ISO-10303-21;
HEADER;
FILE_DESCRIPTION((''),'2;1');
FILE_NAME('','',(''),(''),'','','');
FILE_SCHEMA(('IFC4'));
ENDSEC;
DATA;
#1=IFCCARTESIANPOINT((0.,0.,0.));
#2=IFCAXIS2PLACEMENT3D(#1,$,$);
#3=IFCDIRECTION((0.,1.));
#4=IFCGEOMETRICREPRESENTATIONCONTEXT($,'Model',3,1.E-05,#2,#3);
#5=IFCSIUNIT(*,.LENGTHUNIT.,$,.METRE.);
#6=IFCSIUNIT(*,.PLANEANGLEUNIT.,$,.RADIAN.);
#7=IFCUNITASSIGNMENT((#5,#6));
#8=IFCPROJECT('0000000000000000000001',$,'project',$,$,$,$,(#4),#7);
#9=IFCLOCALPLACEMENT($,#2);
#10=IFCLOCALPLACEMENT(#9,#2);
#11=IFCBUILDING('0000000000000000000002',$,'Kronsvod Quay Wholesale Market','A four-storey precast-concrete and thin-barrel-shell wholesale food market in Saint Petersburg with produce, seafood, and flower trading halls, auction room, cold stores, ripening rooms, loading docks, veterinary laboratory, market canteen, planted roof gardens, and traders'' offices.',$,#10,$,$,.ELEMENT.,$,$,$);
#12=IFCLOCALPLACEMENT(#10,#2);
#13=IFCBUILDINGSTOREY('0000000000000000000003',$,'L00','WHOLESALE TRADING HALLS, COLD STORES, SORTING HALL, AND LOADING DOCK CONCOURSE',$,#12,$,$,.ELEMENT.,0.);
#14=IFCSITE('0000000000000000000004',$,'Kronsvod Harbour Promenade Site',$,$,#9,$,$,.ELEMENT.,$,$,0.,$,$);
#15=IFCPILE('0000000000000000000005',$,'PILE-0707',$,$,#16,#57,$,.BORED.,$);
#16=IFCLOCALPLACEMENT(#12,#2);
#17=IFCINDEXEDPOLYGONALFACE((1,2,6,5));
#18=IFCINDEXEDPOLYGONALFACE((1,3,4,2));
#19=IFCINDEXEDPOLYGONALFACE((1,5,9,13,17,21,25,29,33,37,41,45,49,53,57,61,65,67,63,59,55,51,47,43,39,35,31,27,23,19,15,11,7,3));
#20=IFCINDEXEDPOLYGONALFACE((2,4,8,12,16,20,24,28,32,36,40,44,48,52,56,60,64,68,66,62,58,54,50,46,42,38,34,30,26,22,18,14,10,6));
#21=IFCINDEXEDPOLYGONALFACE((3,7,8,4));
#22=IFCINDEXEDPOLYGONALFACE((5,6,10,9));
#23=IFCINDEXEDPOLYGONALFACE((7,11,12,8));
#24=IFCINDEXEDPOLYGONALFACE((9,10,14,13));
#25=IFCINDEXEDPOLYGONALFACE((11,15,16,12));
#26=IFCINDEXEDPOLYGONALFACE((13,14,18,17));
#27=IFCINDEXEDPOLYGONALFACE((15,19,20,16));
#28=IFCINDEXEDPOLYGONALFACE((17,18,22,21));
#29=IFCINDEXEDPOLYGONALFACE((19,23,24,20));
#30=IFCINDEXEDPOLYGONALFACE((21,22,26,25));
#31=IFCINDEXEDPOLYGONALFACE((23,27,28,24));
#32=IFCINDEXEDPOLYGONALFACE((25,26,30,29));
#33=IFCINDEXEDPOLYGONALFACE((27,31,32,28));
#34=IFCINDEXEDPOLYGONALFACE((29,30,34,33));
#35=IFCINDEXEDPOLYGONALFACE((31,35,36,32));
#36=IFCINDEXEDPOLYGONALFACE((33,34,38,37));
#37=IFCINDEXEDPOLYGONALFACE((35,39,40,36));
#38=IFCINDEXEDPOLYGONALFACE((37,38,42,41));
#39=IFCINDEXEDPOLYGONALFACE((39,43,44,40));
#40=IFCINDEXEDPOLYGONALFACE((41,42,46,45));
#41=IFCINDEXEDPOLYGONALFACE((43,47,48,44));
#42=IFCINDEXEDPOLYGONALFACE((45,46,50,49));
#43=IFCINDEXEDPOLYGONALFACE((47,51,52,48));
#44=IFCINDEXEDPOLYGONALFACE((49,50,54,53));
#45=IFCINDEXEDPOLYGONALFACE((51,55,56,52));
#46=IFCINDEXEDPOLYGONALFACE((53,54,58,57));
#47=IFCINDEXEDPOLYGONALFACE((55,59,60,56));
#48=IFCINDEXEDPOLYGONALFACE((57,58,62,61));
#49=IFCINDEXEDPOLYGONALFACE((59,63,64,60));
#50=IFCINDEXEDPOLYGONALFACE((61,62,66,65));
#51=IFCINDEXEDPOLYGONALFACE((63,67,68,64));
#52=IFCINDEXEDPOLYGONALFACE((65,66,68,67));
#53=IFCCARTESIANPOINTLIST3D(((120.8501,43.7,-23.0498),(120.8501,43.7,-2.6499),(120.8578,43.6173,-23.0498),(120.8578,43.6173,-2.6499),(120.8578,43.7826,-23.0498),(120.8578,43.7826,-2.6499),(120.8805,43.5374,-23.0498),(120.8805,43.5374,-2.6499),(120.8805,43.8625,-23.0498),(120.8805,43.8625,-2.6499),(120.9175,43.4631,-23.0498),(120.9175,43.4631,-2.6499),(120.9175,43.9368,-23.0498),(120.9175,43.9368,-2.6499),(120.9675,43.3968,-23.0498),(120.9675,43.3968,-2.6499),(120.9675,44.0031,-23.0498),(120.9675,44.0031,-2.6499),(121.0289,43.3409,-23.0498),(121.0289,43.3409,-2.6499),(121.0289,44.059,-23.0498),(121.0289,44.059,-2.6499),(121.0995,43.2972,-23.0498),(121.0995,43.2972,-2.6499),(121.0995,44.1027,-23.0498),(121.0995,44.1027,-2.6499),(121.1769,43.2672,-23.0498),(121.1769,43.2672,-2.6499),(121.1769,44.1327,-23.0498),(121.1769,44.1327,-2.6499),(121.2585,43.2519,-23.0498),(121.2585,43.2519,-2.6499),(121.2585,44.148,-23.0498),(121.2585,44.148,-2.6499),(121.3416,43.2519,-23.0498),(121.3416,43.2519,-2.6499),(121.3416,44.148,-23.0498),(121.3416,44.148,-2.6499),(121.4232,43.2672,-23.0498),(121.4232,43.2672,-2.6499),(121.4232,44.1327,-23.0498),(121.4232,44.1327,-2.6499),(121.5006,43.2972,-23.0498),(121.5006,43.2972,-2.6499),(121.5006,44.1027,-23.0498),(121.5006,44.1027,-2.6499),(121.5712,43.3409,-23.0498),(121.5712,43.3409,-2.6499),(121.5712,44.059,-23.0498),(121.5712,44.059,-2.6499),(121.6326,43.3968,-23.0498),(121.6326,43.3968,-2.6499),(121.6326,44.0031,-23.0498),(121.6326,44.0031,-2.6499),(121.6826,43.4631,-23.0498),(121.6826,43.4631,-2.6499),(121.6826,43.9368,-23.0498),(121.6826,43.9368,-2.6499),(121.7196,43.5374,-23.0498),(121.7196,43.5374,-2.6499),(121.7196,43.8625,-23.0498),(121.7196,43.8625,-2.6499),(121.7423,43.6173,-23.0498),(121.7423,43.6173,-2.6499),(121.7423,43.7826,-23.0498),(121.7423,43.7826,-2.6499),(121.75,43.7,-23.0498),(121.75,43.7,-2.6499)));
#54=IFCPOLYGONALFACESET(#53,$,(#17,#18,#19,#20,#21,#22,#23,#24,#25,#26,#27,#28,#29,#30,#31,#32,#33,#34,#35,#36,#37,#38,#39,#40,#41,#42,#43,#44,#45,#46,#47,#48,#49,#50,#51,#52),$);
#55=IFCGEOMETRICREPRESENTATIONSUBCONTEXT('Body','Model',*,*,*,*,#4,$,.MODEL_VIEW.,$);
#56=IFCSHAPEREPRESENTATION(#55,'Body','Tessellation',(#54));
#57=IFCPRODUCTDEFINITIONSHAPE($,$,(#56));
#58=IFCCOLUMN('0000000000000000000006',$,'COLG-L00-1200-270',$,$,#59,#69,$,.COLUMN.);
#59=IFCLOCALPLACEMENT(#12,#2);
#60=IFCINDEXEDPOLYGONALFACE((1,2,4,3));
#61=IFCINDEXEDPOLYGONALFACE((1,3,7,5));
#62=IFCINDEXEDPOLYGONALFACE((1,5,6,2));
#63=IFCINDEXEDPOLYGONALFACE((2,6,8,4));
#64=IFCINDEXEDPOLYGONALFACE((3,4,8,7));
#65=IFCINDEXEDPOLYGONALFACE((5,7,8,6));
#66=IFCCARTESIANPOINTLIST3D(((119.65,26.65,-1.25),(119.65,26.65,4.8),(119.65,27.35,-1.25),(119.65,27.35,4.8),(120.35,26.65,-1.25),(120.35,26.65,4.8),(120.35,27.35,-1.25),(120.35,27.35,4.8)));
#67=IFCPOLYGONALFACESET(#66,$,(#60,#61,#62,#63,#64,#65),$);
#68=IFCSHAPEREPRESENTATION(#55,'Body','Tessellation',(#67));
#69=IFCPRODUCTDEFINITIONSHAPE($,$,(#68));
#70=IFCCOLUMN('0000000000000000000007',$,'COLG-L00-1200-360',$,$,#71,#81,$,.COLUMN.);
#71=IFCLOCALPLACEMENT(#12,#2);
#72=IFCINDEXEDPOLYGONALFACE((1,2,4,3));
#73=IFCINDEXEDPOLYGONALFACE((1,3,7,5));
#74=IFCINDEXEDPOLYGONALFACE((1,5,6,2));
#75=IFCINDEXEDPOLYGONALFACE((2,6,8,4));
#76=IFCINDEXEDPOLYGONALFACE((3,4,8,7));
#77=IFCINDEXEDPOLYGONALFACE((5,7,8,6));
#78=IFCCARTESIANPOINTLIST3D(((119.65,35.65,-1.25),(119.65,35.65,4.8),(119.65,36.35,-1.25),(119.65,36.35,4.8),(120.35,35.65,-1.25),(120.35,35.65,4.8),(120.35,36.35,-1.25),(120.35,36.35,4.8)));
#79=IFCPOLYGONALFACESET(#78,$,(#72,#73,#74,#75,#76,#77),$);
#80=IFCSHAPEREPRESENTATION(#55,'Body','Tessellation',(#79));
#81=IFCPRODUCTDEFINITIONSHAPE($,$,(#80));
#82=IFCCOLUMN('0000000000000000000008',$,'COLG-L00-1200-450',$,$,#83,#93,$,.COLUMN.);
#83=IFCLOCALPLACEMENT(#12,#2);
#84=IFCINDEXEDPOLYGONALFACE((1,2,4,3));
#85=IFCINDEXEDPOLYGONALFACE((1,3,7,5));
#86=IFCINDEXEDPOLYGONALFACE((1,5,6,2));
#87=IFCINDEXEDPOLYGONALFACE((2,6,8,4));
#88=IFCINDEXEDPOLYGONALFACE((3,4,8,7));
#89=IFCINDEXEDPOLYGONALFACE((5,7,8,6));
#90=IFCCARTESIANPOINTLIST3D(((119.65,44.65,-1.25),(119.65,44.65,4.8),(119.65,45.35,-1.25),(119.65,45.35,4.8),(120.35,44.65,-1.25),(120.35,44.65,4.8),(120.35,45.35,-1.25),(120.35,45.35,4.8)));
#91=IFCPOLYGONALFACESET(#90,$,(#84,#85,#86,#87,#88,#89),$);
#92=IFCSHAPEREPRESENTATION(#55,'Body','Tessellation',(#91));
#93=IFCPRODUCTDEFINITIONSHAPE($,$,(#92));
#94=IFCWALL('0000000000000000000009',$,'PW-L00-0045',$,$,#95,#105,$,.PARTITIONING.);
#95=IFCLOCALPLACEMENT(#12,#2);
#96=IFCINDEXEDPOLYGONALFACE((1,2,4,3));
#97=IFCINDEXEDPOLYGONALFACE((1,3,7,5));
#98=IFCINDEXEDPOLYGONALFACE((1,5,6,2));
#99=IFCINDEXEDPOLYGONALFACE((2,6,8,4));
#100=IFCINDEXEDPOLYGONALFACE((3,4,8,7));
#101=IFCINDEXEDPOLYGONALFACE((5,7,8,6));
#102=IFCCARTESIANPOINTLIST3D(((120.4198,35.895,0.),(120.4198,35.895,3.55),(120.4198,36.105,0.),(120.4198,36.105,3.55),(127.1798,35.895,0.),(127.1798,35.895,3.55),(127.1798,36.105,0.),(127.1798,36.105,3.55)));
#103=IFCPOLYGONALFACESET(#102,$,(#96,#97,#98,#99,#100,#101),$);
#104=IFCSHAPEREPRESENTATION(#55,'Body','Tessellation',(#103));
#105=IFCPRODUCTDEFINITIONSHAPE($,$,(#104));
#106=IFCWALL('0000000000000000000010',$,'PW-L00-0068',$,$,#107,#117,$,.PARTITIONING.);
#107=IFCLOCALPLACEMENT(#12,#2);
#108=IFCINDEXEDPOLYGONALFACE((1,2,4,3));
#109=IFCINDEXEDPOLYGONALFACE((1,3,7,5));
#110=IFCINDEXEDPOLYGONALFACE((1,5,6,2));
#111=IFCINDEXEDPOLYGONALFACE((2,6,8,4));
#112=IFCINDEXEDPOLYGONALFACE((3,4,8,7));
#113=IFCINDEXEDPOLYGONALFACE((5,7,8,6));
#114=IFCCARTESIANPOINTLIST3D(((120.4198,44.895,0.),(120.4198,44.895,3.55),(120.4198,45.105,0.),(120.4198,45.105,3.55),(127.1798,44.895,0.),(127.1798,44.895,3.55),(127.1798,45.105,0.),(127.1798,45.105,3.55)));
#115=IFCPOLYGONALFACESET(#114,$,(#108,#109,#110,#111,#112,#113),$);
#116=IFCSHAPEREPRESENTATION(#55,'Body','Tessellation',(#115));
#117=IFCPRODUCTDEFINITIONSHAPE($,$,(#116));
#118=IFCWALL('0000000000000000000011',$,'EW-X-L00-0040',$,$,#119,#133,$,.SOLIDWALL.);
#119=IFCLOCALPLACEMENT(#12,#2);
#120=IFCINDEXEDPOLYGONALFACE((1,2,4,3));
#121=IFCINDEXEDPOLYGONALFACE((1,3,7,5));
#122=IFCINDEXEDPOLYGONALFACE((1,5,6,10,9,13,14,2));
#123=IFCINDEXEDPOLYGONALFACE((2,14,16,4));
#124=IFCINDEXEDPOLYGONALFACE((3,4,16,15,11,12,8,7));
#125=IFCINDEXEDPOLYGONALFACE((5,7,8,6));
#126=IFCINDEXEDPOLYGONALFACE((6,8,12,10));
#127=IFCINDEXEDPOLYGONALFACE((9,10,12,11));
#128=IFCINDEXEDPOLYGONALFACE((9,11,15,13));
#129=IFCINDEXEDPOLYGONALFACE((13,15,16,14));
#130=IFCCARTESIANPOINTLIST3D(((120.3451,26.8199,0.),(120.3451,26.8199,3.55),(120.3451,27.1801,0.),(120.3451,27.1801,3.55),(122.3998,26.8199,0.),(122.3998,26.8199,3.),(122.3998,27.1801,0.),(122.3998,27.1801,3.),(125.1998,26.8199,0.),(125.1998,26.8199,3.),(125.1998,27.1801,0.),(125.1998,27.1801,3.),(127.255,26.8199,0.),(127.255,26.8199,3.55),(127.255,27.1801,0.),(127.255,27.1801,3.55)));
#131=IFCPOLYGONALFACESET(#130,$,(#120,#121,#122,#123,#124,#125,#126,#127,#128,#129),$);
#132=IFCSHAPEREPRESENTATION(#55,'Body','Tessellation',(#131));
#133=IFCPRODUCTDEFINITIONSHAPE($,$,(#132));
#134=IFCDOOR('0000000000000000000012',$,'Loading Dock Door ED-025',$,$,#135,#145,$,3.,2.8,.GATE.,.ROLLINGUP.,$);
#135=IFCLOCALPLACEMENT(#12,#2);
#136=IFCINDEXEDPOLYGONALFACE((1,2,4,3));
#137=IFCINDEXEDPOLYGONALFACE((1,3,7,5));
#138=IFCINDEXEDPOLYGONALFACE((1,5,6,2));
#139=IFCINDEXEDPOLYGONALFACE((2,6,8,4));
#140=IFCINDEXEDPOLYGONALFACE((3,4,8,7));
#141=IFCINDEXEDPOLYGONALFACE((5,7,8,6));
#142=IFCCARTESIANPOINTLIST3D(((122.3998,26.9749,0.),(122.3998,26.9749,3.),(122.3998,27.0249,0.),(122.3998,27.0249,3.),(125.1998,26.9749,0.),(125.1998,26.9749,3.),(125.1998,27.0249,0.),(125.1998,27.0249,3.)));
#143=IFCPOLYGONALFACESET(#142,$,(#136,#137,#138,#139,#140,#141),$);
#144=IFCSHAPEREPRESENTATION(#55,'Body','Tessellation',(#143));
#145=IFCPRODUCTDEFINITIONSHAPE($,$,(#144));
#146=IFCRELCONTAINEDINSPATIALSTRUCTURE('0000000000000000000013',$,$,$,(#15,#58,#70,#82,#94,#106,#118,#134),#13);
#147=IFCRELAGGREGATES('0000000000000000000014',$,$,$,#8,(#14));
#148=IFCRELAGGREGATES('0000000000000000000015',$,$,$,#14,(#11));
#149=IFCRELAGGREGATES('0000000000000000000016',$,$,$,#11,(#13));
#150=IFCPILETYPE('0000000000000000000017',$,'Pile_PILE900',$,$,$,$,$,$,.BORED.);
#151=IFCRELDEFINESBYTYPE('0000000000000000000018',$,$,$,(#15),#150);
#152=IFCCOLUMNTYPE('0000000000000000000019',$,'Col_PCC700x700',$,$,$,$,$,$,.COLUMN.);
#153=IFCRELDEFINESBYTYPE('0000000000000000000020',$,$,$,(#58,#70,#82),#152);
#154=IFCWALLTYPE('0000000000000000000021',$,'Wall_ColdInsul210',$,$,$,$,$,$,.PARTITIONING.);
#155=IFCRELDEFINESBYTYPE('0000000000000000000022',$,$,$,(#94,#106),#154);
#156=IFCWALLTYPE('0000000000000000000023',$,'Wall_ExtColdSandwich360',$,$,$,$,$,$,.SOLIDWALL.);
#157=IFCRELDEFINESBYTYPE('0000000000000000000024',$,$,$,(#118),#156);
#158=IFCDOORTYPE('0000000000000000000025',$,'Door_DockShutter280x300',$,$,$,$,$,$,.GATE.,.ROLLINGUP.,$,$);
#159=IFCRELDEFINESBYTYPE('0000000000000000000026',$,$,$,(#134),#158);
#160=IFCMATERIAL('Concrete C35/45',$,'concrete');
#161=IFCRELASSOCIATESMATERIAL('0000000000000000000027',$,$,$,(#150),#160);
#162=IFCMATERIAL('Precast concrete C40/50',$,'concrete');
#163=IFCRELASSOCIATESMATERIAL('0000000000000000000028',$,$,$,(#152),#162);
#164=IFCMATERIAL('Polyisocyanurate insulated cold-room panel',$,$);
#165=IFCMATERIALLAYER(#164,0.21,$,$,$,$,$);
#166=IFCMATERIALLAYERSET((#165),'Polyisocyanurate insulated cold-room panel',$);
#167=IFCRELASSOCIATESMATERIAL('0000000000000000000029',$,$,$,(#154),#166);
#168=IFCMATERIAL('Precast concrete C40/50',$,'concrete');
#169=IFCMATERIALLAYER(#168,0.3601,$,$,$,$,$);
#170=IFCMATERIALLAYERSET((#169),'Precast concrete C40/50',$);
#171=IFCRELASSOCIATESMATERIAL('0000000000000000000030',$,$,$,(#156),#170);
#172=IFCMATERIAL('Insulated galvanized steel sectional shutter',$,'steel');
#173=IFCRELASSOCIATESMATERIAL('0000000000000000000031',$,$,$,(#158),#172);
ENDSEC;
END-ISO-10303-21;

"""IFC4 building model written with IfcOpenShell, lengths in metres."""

from ifc_helpers import new_model, si_unit, direction, frame, frame_2d, origin, origin_2d, place, context, subcontext, project, spatial, rectangle, circle, extrude, material, layer, layer_set, material_profile, profile_set, type_object, element, fill, save


model = new_model("IFC4")

# Units and contexts
model_context = context("Model", 3, precision=1e-05, world=origin(), true_north=direction((0.0, 1.0)))
body_context = subcontext(model_context, "Body", "Model", "MODEL_VIEW")
ifc_project = project(units=[si_unit("LENGTHUNIT", "METRE"), si_unit("PLANEANGLEUNIT", "RADIAN")], contexts=[model_context])

# Site, building, storey
site_placement = place(None, origin())
site = spatial("IfcSite", under=ifc_project, at=site_placement, Name="Kronsvod Harbour Promenade Site", CompositionType="ELEMENT", RefElevation=0.0)
building_placement = place(site_placement, origin())
building = spatial("IfcBuilding", under=site, at=building_placement, Name="Kronsvod Quay Wholesale Market", Description="A four-storey precast-concrete and thin-barrel-shell wholesale food market in Saint Petersburg with produce, seafood, and flower trading halls, auction room, cold stores, ripening rooms, loading docks, veterinary laboratory, market canteen, planted roof gardens, and traders' offices.", CompositionType="ELEMENT")
storey_placement = place(building_placement, origin())
storey = spatial("IfcBuildingStorey", under=building, at=storey_placement, Name="L00", Description="WHOLESALE TRADING HALLS, COLD STORES, SORTING HALL, AND LOADING DOCK CONCOURSE", CompositionType="ELEMENT", Elevation=0.0)

# Pile
ifc_material_1 = material(Name="Concrete C35/45", Category="concrete")
ifc_material_profile_1 = material_profile(ifc_material_1, circle(Radius=0.45, at=origin_2d()), Name="PILE900")
ifc_profile_set_1 = profile_set([ifc_material_profile_1], Name="Concrete C35/45")
pile_type_1 = type_object("IfcPileType", Name="Pile_PILE900", PredefinedType="BORED", material=ifc_profile_set_1)
for number, where, z_axis, x_axis, name in (
    (1, (121.3, 43.7, -2.6499), (0.0, 0.0, -1.0), (1.0, 0.0, 0.0), "PILE-0707"),
):
    element("IfcPile", number, at=place(storey_placement, frame(where, z_axis=z_axis, x_axis=x_axis)), inside=storey, type_object=pile_type_1, Name=name, PredefinedType="BORED", context=body_context, shape_type="SweptSolid", body=[
        extrude(circle(Radius=0.45, at=origin_2d()), origin(), (0.0, 0.0, 1.0), 20.3999),
    ])

# Columns
ifc_material_2 = material(Name="Precast concrete C40/50", Category="concrete")
ifc_material_profile_2 = material_profile(ifc_material_2, rectangle(XDim=0.7, YDim=0.7, at=origin_2d()), Name="PCC700x700")
ifc_profile_set_2 = profile_set([ifc_material_profile_2], Name="Precast concrete C40/50")
column_type = type_object("IfcColumnType", Name="Col_PCC700x700", PredefinedType="COLUMN", material=ifc_profile_set_2)
for number, where, z_axis, x_axis, name in (
    (2, (120.0, 27.0, -1.25), (0.0, 0.0, 1.0), (1.0, 0.0, 0.0), "COLG-L00-1200-270"),
    (3, (120.0, 36.0, -1.25), (0.0, 0.0, 1.0), (1.0, 0.0, 0.0), "COLG-L00-1200-360"),
    (4, (120.0, 45.0, -1.25), (0.0, 0.0, 1.0), (1.0, 0.0, 0.0), "COLG-L00-1200-450"),
):
    element("IfcColumn", number, at=place(storey_placement, frame(where, z_axis=z_axis, x_axis=x_axis)), inside=storey, type_object=column_type, Name=name, PredefinedType="COLUMN", context=body_context, shape_type="SweptSolid", body=[
        extrude(rectangle(XDim=0.7, YDim=0.7, at=origin_2d()), origin(), (0.0, 0.0, 1.0), 6.05),
    ])

# Walls
ifc_material_3 = material(Name="Polyisocyanurate insulated cold-room panel")
ifc_layer_1 = layer(ifc_material_3, 0.21)
ifc_layer_set_1 = layer_set([ifc_layer_1], Name="Polyisocyanurate insulated cold-room panel")
wall_type_1 = type_object("IfcWallType", Name="Wall_ColdInsul210", PredefinedType="PARTITIONING", material=ifc_layer_set_1)
for number, where, z_axis, x_axis, name in (
    (5, (120.4199, 36.0, 0.0), (0.0, 0.0, 1.0), (1.0, 0.0, 0.0), "PW-L00-0045"),
    (6, (120.4199, 45.0, 0.0), (0.0, 0.0, 1.0), (1.0, 0.0, 0.0), "PW-L00-0068"),
):
    element("IfcWall", number, at=place(storey_placement, frame(where, z_axis=z_axis, x_axis=x_axis)), inside=storey, type_object=wall_type_1, Name=name, PredefinedType="PARTITIONING", context=body_context, shape_type="SweptSolid", body=[
        extrude(rectangle(XDim=6.76, YDim=0.21, at=frame_2d((3.3799, 0.0))), origin(), (0.0, 0.0, 1.0), 3.55),
    ])

# Wall, opening, door
ifc_material_4 = material(Name="Precast concrete C40/50", Category="concrete")
ifc_layer_2 = layer(ifc_material_4, 0.3601)
ifc_layer_set_2 = layer_set([ifc_layer_2], Name="Precast concrete C40/50")
wall_type_2 = type_object("IfcWallType", Name="Wall_ExtColdSandwich360", PredefinedType="SOLIDWALL", material=ifc_layer_set_2)
wall_placement = place(storey_placement, frame((120.345, 27.0, 0.0), z_axis=(0.0, 0.0, 1.0), x_axis=(1.0, 0.0, 0.0)))
wall = element("IfcWall", 7, at=wall_placement, inside=storey, type_object=wall_type_2, Name="EW-X-L00-0040", PredefinedType="SOLIDWALL", context=body_context, shape_type="SweptSolid", body=[
    extrude(rectangle(XDim=6.9099, YDim=0.3601, at=frame_2d((3.4551, 0.0))), origin(), (0.0, 0.0, 1.0), 3.55),
])
opening_placement = place(wall_placement, frame((2.0549, 0.0, 0.0)))
opening = element("IfcOpeningElement", 8, at=opening_placement, cuts=wall, PredefinedType="OPENING", context=body_context, shape_type="SweptSolid", body=[
    extrude(rectangle(XDim=2.8, YDim=3.0, at=frame_2d((1.3999, 1.5))), frame((0.0, 0.1899, 0.0), z_axis=(0.0, -1.0, 0.0), x_axis=(1.0, 0.0, 0.0)), (0.0, 0.0, 1.0), 0.3801),
])
ifc_material_5 = material(Name="Insulated galvanized steel sectional shutter", Category="steel")
door_type = type_object("IfcDoorType", Name="Door_DockShutter280x300", OperationType="ROLLINGUP", PredefinedType="GATE", material=ifc_material_5)
door_placement = place(opening_placement, origin())
door = element("IfcDoor", 9, at=door_placement, inside=storey, type_object=door_type, Name="Loading Dock Door ED-025", OperationType="ROLLINGUP", OverallHeight=3.0, OverallWidth=2.8, PredefinedType="GATE", context=body_context, shape_type="SweptSolid", body=[
    extrude(rectangle(XDim=2.8, YDim=3.0, at=frame_2d((1.3999, 1.5))), frame((0.0, 0.0249, 0.0), z_axis=(0.0, -1.0, 0.0), x_axis=(1.0, 0.0, 0.0)), (0.0, 0.0, 1.0), 0.05),
])
fill(opening, door)

save(model, "model.ifc")
